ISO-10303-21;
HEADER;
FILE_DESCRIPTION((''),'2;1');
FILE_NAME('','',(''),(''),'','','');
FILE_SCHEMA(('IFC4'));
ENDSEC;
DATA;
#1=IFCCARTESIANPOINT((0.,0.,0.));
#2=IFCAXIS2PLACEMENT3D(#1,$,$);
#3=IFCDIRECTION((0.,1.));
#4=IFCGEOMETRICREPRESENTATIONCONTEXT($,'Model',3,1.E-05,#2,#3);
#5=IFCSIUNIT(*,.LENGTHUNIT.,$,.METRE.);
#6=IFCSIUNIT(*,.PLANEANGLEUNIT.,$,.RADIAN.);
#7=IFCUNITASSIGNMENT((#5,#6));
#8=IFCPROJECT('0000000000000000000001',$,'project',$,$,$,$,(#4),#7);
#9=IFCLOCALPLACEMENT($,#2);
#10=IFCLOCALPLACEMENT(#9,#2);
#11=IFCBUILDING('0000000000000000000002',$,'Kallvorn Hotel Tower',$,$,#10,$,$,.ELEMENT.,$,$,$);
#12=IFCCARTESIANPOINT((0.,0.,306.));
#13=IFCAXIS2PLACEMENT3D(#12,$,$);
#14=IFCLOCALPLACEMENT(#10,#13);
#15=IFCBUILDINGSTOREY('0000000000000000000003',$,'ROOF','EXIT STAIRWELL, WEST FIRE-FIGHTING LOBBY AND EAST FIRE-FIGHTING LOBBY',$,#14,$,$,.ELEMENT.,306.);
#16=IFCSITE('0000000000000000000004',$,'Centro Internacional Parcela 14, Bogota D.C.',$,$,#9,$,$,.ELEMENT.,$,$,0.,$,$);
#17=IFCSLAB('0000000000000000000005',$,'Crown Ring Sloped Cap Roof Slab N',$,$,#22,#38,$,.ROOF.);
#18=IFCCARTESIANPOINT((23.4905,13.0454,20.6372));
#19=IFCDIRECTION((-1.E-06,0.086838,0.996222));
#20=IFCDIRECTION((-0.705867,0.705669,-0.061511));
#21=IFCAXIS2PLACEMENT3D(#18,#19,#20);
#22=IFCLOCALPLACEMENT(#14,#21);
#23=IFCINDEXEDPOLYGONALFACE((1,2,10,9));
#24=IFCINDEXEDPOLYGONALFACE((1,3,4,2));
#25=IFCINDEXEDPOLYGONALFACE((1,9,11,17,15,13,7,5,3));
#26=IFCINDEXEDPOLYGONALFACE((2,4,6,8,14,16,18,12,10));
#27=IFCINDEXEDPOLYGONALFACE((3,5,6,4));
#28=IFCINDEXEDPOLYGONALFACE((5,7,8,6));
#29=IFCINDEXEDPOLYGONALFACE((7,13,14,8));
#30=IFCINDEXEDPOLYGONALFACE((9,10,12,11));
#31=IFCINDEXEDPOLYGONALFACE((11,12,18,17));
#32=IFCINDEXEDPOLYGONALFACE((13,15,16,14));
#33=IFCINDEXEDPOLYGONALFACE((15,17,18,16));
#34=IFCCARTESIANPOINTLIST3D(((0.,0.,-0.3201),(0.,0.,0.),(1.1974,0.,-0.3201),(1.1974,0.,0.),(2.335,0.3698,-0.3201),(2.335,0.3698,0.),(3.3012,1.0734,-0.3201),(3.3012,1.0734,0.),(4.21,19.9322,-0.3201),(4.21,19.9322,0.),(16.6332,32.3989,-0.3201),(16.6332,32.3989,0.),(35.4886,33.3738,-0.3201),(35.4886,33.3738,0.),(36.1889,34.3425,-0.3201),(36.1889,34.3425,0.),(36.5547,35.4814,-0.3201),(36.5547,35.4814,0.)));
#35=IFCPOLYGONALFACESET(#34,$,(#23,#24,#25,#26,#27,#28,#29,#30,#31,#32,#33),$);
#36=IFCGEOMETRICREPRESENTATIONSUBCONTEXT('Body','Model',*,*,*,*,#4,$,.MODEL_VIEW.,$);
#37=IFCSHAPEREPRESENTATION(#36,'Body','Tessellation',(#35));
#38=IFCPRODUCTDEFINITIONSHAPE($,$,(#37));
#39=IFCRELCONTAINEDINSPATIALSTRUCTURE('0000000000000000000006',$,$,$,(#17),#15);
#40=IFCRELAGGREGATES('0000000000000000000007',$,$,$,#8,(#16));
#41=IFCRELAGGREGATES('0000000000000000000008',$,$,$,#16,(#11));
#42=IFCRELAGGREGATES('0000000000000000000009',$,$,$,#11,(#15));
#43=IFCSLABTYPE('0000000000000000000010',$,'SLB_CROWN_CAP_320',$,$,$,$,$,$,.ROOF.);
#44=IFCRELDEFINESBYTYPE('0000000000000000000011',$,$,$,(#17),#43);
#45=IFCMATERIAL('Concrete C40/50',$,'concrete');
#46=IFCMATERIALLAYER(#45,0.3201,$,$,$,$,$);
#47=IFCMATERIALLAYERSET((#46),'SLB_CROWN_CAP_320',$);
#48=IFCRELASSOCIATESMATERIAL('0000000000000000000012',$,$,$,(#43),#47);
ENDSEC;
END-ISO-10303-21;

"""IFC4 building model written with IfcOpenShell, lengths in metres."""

from ifc_helpers import new_model, si_unit, direction, frame, origin, place, context, subcontext, project, spatial, polyline, outline, extrude, material, layer, layer_set, type_object, element, save


model = new_model("IFC4")

# Units and contexts
model_context = context("Model", 3, precision=1e-05, world=origin(), true_north=direction((0.0, 1.0)))
body_context = subcontext(model_context, "Body", "Model", "MODEL_VIEW")
ifc_project = project(units=[si_unit("LENGTHUNIT", "METRE"), si_unit("PLANEANGLEUNIT", "RADIAN")], contexts=[model_context])

# Site, building, storey
site_placement = place(None, origin())
site = spatial("IfcSite", under=ifc_project, at=site_placement, Name="Centro Internacional Parcela 14, Bogota D.C.", CompositionType="ELEMENT", RefElevation=0.0)
building_placement = place(site_placement, origin())
building = spatial("IfcBuilding", under=site, at=building_placement, Name="Kallvorn Hotel Tower", CompositionType="ELEMENT")
storey_placement = place(building_placement, frame((0.0, 0.0, 306.0)))
storey = spatial("IfcBuildingStorey", under=building, at=storey_placement, Name="ROOF", Description="EXIT STAIRWELL, WEST FIRE-FIGHTING LOBBY AND EAST FIRE-FIGHTING LOBBY", CompositionType="ELEMENT", Elevation=306.0)

# Slab
ifc_material_1 = material(Name="Concrete C40/50", Category="concrete")
ifc_layer_1 = layer(ifc_material_1, 0.3201)
ifc_layer_set_1 = layer_set([ifc_layer_1], Name="SLB_CROWN_CAP_320")
slab_type = type_object("IfcSlabType", Name="SLB_CROWN_CAP_320", PredefinedType="ROOF", material=ifc_layer_set_1)
slab_placement = place(storey_placement, frame((23.4905, 13.0454, 20.6372), z_axis=(-0.000001, 0.086838, 0.996222), x_axis=(-0.705867, 0.705669, -0.061511)))
element("IfcSlab", 1, at=slab_placement, inside=storey, type_object=slab_type, Name="Crown Ring Sloped Cap Roof Slab N", PredefinedType="ROOF", context=body_context, shape_type="SweptSolid", body=[
    extrude(outline(polyline([(0.0, 0.0), (1.1974, 0.0), (2.335, 0.3698), (3.3012, 1.0734), (35.4886, 33.3738), (36.1889, 34.3425), (36.5547, 35.4814), (16.6332, 32.3989), (4.21, 19.9322), (0.0, 0.0)])), origin(), (0.0, 0.0, -1.0), 0.3201),
])

save(model, "model.ifc")
